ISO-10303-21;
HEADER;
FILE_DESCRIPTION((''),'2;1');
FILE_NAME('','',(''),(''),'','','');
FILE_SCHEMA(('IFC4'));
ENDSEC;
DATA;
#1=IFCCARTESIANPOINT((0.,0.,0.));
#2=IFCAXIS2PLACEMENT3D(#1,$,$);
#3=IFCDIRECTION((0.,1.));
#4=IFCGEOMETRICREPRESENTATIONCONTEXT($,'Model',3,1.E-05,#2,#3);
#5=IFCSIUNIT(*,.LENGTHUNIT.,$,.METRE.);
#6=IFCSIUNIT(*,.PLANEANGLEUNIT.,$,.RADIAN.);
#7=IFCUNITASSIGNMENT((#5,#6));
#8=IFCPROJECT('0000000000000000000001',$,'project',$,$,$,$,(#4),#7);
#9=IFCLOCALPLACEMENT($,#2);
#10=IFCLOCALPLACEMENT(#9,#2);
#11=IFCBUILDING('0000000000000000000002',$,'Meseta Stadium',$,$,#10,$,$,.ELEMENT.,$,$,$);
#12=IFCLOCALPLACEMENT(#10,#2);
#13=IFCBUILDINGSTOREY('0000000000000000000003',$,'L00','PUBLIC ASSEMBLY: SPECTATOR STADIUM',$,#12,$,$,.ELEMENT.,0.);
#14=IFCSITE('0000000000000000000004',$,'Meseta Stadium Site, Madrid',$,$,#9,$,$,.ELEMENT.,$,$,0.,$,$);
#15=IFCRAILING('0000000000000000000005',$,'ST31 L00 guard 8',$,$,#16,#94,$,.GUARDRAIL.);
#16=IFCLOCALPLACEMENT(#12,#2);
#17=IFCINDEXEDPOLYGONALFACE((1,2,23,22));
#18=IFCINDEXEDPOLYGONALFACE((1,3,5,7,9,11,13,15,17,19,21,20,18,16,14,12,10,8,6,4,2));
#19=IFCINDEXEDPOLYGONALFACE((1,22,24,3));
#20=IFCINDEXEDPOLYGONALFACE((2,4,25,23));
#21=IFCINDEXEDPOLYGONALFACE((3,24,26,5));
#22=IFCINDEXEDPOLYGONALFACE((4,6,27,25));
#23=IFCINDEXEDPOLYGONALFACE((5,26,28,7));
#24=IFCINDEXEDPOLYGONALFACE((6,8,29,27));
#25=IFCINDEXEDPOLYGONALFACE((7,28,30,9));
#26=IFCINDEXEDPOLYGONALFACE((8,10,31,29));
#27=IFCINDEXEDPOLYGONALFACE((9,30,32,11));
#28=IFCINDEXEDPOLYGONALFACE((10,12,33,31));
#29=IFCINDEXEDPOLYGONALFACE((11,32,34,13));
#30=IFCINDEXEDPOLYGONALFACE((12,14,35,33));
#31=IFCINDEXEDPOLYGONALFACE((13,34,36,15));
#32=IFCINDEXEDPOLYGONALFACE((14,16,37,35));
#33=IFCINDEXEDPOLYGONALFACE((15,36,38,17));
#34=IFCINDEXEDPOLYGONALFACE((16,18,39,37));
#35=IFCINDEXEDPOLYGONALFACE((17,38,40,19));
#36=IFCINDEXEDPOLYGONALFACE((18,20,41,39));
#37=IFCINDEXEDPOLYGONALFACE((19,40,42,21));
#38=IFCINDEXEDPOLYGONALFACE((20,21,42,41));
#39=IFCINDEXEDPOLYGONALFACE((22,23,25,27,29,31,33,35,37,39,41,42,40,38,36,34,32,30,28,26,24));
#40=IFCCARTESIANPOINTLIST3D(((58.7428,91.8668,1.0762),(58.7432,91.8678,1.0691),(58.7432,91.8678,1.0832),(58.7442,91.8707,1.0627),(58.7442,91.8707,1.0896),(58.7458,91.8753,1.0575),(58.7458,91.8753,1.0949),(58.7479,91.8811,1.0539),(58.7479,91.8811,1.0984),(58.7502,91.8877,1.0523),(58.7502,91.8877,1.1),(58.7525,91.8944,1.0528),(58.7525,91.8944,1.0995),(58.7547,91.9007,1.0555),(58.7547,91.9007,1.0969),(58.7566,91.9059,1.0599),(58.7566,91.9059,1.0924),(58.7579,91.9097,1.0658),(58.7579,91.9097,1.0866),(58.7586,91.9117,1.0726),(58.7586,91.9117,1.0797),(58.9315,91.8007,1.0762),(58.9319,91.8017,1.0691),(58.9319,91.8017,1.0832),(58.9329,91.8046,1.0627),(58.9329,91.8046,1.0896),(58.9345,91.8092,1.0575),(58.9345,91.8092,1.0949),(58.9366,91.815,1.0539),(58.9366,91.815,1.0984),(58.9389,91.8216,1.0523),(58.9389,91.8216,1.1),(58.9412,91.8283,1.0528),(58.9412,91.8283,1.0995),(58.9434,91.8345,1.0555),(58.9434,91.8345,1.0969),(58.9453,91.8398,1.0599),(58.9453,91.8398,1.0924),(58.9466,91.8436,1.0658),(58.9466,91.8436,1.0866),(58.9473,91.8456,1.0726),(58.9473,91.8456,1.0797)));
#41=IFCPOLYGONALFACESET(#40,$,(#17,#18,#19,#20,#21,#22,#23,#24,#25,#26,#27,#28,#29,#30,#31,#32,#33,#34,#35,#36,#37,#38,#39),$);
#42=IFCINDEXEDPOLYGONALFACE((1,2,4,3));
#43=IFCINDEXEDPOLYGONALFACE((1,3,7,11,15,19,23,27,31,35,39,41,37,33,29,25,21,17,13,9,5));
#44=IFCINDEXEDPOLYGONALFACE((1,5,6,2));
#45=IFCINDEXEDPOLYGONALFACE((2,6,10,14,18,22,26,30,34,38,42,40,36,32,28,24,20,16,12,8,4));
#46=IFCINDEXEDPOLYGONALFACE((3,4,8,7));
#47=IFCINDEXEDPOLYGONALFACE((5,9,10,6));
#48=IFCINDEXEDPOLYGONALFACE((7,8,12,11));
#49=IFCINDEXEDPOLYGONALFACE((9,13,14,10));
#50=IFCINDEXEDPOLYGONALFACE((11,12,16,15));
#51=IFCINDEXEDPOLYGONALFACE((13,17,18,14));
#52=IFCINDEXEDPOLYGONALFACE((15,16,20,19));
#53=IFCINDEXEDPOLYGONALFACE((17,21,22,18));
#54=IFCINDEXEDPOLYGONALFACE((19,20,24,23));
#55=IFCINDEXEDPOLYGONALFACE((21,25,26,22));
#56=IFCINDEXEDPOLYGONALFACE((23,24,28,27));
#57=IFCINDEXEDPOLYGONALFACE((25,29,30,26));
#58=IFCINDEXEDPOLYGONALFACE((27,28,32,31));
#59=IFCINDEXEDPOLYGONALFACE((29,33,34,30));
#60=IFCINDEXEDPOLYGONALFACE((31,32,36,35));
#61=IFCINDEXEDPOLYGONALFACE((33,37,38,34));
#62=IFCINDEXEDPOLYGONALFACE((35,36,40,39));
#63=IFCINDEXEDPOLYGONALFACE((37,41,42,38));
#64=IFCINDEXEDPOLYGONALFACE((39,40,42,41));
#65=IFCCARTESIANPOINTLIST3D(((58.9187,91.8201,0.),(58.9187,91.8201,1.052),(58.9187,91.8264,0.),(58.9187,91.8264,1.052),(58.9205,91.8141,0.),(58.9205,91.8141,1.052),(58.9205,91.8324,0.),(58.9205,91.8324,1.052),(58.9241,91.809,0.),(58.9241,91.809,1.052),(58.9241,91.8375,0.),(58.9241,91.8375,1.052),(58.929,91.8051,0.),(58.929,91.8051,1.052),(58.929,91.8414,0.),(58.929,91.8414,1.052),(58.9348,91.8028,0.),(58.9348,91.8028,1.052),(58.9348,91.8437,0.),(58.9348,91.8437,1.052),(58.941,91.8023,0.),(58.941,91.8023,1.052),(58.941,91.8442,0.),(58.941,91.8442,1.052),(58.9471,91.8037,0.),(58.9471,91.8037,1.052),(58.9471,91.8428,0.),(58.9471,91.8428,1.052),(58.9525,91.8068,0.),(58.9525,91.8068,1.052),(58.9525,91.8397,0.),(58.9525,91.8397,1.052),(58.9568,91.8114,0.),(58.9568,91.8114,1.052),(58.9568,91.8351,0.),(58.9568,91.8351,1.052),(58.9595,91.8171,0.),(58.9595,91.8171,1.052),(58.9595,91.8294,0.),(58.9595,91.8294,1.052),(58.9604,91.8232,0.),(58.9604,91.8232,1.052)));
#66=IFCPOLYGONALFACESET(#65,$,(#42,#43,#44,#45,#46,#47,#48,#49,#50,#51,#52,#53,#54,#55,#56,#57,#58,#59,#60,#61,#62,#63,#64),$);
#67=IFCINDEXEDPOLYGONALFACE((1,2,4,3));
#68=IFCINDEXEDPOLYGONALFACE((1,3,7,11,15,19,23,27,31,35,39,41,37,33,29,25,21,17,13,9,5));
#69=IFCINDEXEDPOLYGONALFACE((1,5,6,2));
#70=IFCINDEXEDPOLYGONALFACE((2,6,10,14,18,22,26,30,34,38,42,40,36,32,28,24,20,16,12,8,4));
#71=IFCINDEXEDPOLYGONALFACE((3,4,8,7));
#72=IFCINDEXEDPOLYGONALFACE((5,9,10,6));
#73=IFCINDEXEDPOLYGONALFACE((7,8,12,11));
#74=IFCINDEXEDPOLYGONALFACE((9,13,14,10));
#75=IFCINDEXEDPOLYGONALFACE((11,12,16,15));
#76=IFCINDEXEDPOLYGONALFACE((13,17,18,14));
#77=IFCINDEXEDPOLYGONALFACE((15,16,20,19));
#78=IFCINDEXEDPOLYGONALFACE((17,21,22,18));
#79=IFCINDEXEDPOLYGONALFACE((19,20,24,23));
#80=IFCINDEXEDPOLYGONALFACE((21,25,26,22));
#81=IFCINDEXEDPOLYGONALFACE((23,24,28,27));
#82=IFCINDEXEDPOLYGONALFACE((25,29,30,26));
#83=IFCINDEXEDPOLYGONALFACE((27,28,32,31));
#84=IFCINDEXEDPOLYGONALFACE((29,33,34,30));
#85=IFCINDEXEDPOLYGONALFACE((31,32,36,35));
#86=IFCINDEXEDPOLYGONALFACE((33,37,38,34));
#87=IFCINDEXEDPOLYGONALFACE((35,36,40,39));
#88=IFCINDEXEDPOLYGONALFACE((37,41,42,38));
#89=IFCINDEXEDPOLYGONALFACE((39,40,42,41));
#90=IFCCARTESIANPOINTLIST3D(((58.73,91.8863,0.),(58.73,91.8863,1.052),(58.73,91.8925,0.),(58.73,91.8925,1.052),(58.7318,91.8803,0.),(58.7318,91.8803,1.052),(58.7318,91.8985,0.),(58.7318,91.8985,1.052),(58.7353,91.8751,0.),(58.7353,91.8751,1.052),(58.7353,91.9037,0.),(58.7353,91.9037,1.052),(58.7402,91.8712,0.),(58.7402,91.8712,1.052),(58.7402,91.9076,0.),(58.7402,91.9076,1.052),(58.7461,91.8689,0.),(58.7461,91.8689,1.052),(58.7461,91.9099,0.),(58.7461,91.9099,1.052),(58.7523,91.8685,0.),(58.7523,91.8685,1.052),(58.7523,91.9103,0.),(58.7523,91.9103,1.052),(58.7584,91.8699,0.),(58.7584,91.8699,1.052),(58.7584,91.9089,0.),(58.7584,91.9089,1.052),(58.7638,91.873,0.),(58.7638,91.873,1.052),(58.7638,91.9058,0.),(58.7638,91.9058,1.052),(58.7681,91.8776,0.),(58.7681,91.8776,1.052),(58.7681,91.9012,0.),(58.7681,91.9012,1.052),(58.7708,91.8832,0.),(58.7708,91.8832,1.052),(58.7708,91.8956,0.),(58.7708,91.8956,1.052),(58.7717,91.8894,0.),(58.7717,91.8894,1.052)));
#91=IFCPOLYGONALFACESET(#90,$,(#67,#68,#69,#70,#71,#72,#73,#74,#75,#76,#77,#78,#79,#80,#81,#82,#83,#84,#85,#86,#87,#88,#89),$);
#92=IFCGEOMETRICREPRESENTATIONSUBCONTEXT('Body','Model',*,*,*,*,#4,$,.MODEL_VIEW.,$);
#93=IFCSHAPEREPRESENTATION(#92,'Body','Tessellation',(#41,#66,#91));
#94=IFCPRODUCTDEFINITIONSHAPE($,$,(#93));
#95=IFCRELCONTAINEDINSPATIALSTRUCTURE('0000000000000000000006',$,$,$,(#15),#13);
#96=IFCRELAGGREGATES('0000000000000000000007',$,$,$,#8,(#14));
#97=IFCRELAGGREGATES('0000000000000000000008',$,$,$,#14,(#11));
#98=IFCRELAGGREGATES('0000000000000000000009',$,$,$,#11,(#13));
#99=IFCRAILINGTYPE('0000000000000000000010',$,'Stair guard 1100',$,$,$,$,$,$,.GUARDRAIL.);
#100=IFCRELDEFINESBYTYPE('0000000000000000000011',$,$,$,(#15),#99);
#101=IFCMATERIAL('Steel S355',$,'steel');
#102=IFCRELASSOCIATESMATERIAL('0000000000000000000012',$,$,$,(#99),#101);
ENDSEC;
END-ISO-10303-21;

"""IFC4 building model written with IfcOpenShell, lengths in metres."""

from ifc_helpers import new_model, si_unit, direction, frame, origin, origin_2d, place, context, subcontext, project, spatial, circle, extrude, material, type_object, element, save


model = new_model("IFC4")

# Units and contexts
model_context = context("Model", 3, precision=1e-05, world=origin(), true_north=direction((0.0, 1.0)))
body_context = subcontext(model_context, "Body", "Model", "MODEL_VIEW")
ifc_project = project(units=[si_unit("LENGTHUNIT", "METRE"), si_unit("PLANEANGLEUNIT", "RADIAN")], contexts=[model_context])

# Site, building, storey
site_placement = place(None, origin())
site = spatial("IfcSite", under=ifc_project, at=site_placement, Name="Meseta Stadium Site, Madrid", CompositionType="ELEMENT", RefElevation=0.0)
building_placement = place(site_placement, origin())
building = spatial("IfcBuilding", under=site, at=building_placement, Name="Meseta Stadium", CompositionType="ELEMENT")
storey_placement = place(building_placement, origin())
storey = spatial("IfcBuildingStorey", under=building, at=storey_placement, Name="L00", Description="PUBLIC ASSEMBLY: SPECTATOR STADIUM", CompositionType="ELEMENT", Elevation=0.0)

# Railing
ifc_material_1 = material(Name="Steel S355", Category="steel")
railing_type = type_object("IfcRailingType", Name="Stair guard 1100", PredefinedType="GUARDRAIL", material=ifc_material_1)
for number, where, name in (
    (1, (58.9395, 91.8232, 0.0), "ST31 L00 guard 8"),
):
    element("IfcRailing", number, at=place(storey_placement, frame(where)), inside=storey, type_object=railing_type, Name=name, PredefinedType="GUARDRAIL", context=body_context, shape_type="SweptSolid", body=[
        extrude(circle(Radius=0.0239, at=origin_2d()), frame((0.0, 0.0, 1.0762), z_axis=(-0.943687, 0.33084, 0.0), x_axis=(-0.33084, -0.943687, 0.0)), (0.0, 0.0, 1.0), 0.2),
        extrude(circle(Radius=0.021, at=origin_2d()), origin(), (0.0, 0.0, 1.0), 1.052),
        extrude(circle(Radius=0.021, at=origin_2d()), frame((-0.1887, 0.0662, 0.0)), (0.0, 0.0, 1.0), 1.052),
    ])

save(model, "model.ifc")
